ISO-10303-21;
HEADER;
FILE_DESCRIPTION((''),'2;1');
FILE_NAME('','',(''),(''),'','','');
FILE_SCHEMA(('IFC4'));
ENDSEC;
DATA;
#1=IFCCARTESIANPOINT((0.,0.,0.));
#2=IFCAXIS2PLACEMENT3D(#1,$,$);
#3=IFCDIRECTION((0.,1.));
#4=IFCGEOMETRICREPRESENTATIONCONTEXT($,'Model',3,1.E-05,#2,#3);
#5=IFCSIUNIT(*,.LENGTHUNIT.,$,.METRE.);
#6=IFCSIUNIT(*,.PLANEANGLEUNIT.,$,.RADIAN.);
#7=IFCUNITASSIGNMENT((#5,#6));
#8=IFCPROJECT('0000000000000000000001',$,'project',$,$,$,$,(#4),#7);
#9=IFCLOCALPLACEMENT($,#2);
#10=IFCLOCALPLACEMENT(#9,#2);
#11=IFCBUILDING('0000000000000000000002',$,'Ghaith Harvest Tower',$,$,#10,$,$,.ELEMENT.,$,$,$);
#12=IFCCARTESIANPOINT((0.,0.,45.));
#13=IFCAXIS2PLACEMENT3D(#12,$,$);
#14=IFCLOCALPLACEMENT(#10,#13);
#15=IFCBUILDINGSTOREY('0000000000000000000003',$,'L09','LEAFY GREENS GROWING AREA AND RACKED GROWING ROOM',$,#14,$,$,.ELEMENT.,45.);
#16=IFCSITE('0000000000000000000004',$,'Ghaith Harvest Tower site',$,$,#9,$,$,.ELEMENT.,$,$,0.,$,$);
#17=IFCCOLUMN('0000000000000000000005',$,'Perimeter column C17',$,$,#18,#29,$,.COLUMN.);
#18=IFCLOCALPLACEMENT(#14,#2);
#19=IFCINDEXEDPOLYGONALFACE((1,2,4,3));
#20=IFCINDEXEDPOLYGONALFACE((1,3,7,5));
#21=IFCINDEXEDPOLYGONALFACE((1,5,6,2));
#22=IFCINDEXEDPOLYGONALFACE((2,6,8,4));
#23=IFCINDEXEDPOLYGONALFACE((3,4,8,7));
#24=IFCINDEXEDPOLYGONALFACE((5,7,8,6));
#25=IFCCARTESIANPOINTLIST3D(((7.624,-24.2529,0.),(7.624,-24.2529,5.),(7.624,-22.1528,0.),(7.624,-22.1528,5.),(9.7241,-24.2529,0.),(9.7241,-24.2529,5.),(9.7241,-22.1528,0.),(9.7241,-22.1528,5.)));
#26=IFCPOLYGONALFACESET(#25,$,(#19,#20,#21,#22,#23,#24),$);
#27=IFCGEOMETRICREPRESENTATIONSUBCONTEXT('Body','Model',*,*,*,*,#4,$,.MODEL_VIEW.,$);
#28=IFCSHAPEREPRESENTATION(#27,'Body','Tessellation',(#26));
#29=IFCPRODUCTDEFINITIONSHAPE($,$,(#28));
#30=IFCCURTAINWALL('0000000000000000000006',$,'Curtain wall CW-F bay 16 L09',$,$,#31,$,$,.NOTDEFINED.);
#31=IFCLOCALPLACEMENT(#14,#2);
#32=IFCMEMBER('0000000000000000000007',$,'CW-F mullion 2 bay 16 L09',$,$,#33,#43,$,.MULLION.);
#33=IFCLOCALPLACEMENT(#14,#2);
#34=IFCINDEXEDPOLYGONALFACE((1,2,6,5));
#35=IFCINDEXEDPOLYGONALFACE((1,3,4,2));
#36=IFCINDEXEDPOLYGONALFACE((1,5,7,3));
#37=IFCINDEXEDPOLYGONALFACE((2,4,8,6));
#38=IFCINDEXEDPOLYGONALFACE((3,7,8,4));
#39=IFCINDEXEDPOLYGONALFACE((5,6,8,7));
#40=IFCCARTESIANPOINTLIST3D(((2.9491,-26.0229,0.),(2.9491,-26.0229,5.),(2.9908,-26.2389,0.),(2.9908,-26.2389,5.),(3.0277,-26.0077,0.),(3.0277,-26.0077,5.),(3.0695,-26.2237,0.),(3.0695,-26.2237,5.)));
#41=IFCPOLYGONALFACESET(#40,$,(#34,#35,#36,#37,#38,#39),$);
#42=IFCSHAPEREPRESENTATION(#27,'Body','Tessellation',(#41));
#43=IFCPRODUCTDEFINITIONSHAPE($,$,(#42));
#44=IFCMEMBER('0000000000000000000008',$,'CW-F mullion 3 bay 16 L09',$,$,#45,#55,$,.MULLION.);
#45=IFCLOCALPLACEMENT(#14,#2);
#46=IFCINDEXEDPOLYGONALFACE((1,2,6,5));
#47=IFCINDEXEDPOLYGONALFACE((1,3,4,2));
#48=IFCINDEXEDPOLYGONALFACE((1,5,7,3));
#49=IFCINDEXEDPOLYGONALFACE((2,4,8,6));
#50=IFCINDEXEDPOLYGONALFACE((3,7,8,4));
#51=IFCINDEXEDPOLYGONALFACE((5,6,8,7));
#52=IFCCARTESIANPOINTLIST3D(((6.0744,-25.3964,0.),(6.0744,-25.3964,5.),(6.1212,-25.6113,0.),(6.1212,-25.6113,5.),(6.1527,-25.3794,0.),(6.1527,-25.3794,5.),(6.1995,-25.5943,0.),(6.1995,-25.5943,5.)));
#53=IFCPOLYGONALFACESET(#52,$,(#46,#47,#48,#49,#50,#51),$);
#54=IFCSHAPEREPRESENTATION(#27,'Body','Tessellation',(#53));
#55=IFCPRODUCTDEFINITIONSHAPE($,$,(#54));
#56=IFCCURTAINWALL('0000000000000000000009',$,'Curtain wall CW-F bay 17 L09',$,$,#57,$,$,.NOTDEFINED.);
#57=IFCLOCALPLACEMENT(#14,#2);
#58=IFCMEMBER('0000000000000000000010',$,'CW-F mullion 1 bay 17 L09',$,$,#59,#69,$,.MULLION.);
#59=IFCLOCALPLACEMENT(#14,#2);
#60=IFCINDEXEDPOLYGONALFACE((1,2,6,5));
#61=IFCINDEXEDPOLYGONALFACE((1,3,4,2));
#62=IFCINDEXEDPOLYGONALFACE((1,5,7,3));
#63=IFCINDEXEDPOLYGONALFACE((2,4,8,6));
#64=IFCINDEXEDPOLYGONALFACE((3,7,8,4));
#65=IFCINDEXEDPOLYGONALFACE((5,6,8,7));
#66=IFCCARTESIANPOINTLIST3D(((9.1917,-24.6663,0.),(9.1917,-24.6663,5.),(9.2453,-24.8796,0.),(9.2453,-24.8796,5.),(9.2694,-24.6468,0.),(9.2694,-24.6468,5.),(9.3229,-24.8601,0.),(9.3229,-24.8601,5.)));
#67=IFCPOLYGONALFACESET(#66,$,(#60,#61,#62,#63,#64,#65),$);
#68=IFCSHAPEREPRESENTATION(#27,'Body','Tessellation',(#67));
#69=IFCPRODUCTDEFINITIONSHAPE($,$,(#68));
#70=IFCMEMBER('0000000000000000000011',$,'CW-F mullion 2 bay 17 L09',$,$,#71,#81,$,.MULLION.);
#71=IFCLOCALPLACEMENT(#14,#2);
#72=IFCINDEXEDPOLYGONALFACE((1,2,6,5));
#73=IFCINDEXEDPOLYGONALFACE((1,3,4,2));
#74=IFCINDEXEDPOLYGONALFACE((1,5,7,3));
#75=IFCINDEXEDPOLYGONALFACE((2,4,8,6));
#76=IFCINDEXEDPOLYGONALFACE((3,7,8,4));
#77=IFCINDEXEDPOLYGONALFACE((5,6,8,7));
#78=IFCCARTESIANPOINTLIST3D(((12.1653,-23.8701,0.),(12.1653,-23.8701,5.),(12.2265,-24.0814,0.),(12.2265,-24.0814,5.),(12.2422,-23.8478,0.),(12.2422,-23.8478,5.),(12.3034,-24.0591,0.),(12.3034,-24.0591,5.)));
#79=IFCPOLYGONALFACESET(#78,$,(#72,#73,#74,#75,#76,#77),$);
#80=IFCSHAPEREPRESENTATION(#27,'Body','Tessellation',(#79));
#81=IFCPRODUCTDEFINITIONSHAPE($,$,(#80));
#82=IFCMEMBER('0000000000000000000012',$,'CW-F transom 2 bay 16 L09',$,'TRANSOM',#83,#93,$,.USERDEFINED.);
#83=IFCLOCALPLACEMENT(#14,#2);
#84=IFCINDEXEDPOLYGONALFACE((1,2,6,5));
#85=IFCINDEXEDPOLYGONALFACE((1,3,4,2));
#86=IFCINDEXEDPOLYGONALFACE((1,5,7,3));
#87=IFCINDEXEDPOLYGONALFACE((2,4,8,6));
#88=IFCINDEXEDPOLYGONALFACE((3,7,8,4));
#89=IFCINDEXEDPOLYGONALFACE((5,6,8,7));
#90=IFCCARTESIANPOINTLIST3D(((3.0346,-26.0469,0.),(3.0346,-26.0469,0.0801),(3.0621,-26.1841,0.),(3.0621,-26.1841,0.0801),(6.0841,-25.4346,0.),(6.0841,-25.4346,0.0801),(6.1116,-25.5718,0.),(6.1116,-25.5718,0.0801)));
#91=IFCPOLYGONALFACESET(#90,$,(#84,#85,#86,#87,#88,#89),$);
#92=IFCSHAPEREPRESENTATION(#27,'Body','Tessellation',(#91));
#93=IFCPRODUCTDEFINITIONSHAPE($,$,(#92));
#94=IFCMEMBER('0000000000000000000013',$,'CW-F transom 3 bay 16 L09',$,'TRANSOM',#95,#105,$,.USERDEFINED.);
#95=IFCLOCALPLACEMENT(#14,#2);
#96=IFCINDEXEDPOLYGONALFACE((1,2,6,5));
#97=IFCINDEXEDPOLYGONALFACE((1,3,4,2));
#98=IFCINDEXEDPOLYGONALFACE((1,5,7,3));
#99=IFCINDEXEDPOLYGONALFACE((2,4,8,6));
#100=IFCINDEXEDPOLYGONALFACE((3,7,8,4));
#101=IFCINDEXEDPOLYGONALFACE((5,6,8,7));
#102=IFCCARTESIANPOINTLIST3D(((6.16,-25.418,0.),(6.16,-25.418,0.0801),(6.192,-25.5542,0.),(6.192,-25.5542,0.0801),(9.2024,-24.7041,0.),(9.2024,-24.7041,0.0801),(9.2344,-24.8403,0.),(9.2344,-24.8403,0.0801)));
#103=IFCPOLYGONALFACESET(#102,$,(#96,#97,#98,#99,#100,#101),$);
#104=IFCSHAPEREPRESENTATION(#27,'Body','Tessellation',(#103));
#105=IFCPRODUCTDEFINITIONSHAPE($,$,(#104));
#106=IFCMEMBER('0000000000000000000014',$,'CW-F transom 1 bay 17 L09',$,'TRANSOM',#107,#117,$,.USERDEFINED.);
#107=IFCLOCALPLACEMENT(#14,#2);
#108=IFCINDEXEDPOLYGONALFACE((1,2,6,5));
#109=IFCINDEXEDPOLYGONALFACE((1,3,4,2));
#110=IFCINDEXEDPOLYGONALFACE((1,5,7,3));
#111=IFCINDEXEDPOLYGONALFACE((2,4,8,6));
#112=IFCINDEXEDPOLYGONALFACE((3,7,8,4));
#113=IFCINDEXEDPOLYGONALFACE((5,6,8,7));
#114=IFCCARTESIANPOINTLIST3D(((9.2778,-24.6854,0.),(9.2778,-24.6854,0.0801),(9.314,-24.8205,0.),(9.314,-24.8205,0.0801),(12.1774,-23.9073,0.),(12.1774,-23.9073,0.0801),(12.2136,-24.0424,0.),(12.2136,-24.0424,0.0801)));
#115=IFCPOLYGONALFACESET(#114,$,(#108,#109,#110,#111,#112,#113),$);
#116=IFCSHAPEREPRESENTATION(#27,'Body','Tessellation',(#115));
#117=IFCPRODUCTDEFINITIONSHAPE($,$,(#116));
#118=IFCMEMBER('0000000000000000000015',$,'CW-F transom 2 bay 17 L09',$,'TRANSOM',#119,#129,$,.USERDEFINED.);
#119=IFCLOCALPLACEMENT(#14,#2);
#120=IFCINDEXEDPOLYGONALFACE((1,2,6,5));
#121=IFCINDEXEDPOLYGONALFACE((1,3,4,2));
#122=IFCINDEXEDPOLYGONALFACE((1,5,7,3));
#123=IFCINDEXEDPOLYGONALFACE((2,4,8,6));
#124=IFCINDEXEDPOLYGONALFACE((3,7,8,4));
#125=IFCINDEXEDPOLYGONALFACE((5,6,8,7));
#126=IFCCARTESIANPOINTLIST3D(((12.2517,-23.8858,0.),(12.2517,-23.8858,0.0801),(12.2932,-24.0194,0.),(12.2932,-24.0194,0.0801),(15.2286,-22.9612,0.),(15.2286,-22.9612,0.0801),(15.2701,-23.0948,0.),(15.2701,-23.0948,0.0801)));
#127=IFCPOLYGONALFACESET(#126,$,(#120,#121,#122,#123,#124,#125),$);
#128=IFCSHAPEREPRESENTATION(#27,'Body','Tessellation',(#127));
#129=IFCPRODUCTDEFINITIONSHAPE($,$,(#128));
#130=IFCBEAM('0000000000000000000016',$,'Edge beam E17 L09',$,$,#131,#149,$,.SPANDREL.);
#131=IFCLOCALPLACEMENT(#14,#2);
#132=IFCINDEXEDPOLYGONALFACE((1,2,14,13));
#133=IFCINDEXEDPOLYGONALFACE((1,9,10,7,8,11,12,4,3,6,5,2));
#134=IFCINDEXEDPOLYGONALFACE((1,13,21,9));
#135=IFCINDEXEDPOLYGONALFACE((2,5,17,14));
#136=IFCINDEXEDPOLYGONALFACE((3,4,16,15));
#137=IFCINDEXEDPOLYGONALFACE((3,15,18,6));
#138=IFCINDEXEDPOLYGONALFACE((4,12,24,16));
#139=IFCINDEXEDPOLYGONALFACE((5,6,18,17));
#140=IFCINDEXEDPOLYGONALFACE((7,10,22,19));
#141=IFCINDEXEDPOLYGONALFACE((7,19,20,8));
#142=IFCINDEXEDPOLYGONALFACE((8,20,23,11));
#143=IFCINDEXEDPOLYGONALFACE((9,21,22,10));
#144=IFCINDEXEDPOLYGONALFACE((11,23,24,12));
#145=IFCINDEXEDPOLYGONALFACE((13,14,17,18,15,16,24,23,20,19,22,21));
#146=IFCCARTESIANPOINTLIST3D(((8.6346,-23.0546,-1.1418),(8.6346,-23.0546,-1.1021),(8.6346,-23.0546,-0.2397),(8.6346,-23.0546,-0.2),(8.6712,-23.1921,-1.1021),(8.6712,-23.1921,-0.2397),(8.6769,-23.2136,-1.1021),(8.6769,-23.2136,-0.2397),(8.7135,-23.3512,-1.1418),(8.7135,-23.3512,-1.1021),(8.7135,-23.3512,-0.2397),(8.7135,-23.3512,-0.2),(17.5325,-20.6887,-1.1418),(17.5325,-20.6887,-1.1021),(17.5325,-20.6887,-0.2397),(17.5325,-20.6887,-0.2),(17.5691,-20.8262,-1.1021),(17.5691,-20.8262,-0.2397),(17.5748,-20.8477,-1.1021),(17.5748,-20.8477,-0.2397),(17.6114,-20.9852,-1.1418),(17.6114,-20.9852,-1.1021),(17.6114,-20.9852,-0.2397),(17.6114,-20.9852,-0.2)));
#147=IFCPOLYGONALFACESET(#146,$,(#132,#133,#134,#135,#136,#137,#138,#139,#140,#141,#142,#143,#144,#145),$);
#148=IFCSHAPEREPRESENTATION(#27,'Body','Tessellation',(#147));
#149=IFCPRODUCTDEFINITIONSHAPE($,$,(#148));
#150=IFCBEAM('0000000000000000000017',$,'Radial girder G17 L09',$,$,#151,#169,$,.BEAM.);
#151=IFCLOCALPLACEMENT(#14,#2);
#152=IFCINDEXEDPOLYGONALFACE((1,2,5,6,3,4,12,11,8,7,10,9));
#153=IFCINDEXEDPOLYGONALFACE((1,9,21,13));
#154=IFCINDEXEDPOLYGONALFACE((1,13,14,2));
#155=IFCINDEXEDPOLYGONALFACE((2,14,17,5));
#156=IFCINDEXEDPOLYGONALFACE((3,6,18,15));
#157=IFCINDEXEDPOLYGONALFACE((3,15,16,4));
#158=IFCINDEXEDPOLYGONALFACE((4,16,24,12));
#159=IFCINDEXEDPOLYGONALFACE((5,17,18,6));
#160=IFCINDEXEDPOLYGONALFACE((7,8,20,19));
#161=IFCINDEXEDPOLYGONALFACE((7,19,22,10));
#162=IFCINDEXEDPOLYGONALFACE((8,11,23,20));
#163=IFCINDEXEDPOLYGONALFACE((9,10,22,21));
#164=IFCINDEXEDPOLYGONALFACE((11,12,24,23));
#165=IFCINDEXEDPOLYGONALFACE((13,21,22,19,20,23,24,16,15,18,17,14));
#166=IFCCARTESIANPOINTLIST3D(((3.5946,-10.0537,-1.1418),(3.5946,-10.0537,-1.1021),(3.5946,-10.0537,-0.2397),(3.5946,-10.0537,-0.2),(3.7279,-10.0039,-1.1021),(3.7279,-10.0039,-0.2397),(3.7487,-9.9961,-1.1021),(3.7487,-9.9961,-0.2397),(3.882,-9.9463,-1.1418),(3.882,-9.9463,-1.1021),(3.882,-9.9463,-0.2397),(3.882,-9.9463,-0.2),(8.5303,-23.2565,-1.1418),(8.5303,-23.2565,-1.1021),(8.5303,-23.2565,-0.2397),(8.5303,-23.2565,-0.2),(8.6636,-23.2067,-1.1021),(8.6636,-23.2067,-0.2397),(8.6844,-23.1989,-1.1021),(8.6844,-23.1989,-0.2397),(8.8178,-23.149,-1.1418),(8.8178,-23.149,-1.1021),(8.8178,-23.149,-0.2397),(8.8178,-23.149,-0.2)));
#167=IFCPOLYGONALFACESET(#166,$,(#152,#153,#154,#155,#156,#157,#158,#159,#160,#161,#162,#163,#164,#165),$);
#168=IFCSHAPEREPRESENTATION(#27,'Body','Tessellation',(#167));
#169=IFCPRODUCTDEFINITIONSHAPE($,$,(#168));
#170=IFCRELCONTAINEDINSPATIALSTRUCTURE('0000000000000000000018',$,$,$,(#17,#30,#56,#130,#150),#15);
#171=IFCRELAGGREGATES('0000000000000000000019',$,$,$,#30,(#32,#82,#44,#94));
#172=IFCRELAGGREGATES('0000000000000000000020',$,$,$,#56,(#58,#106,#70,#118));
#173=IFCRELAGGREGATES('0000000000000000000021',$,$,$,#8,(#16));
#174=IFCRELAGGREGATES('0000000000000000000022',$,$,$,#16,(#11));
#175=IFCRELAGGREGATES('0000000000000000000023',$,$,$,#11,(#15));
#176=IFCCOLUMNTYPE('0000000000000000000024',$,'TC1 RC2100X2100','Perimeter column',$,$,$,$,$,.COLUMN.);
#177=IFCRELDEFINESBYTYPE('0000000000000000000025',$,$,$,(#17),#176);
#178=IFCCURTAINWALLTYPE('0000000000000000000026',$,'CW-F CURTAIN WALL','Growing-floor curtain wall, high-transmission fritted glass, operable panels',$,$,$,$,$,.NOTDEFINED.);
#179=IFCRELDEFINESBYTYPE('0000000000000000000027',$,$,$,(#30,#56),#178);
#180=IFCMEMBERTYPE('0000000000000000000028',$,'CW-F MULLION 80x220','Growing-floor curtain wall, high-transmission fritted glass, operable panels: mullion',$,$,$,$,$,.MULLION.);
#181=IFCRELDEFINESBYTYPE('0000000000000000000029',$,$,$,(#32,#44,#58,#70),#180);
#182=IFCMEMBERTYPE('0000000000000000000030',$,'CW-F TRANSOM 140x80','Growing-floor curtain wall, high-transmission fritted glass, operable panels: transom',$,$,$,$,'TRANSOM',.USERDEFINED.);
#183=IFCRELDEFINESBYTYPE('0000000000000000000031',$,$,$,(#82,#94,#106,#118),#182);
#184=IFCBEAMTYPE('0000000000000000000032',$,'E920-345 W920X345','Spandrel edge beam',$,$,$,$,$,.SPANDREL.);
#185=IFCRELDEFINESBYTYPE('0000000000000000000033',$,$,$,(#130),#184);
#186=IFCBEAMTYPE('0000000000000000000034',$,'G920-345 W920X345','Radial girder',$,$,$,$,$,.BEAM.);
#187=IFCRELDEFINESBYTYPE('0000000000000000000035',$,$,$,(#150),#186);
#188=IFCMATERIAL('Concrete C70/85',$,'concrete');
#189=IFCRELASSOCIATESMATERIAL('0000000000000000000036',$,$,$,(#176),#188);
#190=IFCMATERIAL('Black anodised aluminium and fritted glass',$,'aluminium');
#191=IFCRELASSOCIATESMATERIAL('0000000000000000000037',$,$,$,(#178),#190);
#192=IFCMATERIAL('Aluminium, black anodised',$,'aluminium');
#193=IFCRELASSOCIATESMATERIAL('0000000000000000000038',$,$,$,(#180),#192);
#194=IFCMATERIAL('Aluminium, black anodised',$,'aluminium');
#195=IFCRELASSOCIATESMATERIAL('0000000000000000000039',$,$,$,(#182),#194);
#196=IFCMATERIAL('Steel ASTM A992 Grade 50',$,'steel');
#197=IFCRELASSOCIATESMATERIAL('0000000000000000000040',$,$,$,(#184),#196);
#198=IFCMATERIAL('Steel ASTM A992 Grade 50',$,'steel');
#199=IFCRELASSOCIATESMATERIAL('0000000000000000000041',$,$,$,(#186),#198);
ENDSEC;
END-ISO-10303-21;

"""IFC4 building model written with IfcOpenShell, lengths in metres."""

from ifc_helpers import new_model, si_unit, direction, frame, origin, origin_2d, place, context, subcontext, project, spatial, rectangle, i_section, extrude, material, material_profile, profile_set, type_object, element, aggregate, save


model = new_model("IFC4")

# Units and contexts
model_context = context("Model", 3, precision=1e-05, world=origin(), true_north=direction((0.0, 1.0)))
body_context = subcontext(model_context, "Body", "Model", "MODEL_VIEW")
ifc_project = project(units=[si_unit("LENGTHUNIT", "METRE"), si_unit("PLANEANGLEUNIT", "RADIAN")], contexts=[model_context])

# Site, building, storey
site_placement = place(None, origin())
site = spatial("IfcSite", under=ifc_project, at=site_placement, Name="Ghaith Harvest Tower site", CompositionType="ELEMENT", RefElevation=0.0)
building_placement = place(site_placement, origin())
building = spatial("IfcBuilding", under=site, at=building_placement, Name="Ghaith Harvest Tower", CompositionType="ELEMENT")
storey_placement = place(building_placement, frame((0.0, 0.0, 45.0)))
storey = spatial("IfcBuildingStorey", under=building, at=storey_placement, Name="L09", Description="LEAFY GREENS GROWING AREA AND RACKED GROWING ROOM", CompositionType="ELEMENT", Elevation=45.0)

# Column
ifc_material_1 = material(Name="Concrete C70/85", Category="concrete")
ifc_material_profile_1 = material_profile(ifc_material_1, rectangle(XDim=2.1001, YDim=2.1001, at=origin_2d()), Name="RC2100X2100")
ifc_profile_set_1 = profile_set([ifc_material_profile_1], Name="Concrete C70/85")
column_type = type_object("IfcColumnType", Name="TC1 RC2100X2100", Description="Perimeter column", PredefinedType="COLUMN", material=ifc_profile_set_1)
column_placement = place(storey_placement, frame((8.6741, -23.2029, 0.0), z_axis=(0.0, 0.0, 1.0), x_axis=(1.0, 0.0, 0.0)))
element("IfcColumn", 1, at=column_placement, inside=storey, type_object=column_type, Name="Perimeter column C17", PredefinedType="COLUMN", context=body_context, shape_type="SweptSolid", body=[
    extrude(rectangle(XDim=2.1001, YDim=2.1001, at=origin_2d()), origin(), (0.0, 0.0, 1.0), 5.0),
])

# Curtain walls, members
ifc_material_2 = material(Name="Black anodised aluminium and fritted glass", Category="aluminium")
curtain_wall_type = type_object("IfcCurtainWallType", Name="CW-F CURTAIN WALL", Description="Growing-floor curtain wall, high-transmission fritted glass, operable panels", PredefinedType="NOTDEFINED", material=ifc_material_2)
curtain_wall_1_placement = place(storey_placement, origin())
curtain_wall_1 = element("IfcCurtainWall", 2, at=curtain_wall_1_placement, inside=storey, type_object=curtain_wall_type, Name="Curtain wall CW-F bay 16 L09", PredefinedType="NOTDEFINED")
ifc_material_3 = material(Name="Aluminium, black anodised", Category="aluminium")
ifc_material_profile_2 = material_profile(ifc_material_3, rectangle(XDim=0.0801, YDim=0.22, at=origin_2d()), Name="CW-F MULLION 80x220")
ifc_profile_set_2 = profile_set([ifc_material_profile_2], Name="Aluminium, black anodised")
member_type_1 = type_object("IfcMemberType", Name="CW-F MULLION 80x220", Description="Growing-floor curtain wall, high-transmission fritted glass, operable panels: mullion", PredefinedType="MULLION", material=ifc_profile_set_2)
member_1_placement = place(storey_placement, frame((3.0093, -26.1233, 0.0), z_axis=(0.0, 0.0, 1.0), x_axis=(0.981818, 0.189822, 0.0)))
member_1 = element("IfcMember", 3, at=member_1_placement, type_object=member_type_1, Name="CW-F mullion 2 bay 16 L09", PredefinedType="MULLION", context=body_context, shape_type="SweptSolid", body=[
    extrude(rectangle(XDim=0.0801, YDim=0.22, at=origin_2d()), origin(), (0.0, 0.0, 1.0), 5.0),
])
member_2_placement = place(storey_placement, frame((6.137, -25.4954, 0.0), z_axis=(0.0, 0.0, 1.0), x_axis=(0.977118, 0.212698, 0.0)))
member_2 = element("IfcMember", 4, at=member_2_placement, type_object=member_type_1, Name="CW-F mullion 3 bay 16 L09", PredefinedType="MULLION", context=body_context, shape_type="SweptSolid", body=[
    extrude(rectangle(XDim=0.0801, YDim=0.22, at=origin_2d()), origin(), (0.0, 0.0, 1.0), 5.0),
])
curtain_wall_2_placement = place(storey_placement, origin())
curtain_wall_2 = element("IfcCurtainWall", 5, at=curtain_wall_2_placement, inside=storey, type_object=curtain_wall_type, Name="Curtain wall CW-F bay 17 L09", PredefinedType="NOTDEFINED")
member_3_placement = place(storey_placement, frame((9.2573, -24.7632, 0.0), z_axis=(0.0, 0.0, 1.0), x_axis=(0.969903, 0.24349, 0.0)))
member_3 = element("IfcMember", 6, at=member_3_placement, type_object=member_type_1, Name="CW-F mullion 1 bay 17 L09", PredefinedType="MULLION", context=body_context, shape_type="SweptSolid", body=[
    extrude(rectangle(XDim=0.0801, YDim=0.22, at=origin_2d()), origin(), (0.0, 0.0, 1.0), 5.0),
])
member_4_placement = place(storey_placement, frame((12.2344, -23.9646, 0.0), z_axis=(0.0, 0.0, 1.0), x_axis=(0.960502, 0.278272, 0.0)))
member_4 = element("IfcMember", 7, at=member_4_placement, type_object=member_type_1, Name="CW-F mullion 2 bay 17 L09", PredefinedType="MULLION", context=body_context, shape_type="SweptSolid", body=[
    extrude(rectangle(XDim=0.0801, YDim=0.22, at=origin_2d()), origin(), (0.0, 0.0, 1.0), 5.0),
])

# Members
ifc_material_4 = material(Name="Aluminium, black anodised", Category="aluminium")
ifc_material_profile_3 = material_profile(ifc_material_4, rectangle(XDim=0.1399, YDim=0.0801, at=origin_2d()), Name="CW-F TRANSOM 140x80")
ifc_profile_set_3 = profile_set([ifc_material_profile_3], Name="Aluminium, black anodised")
member_type_2 = type_object("IfcMemberType", Name="CW-F TRANSOM 140x80", Description="Growing-floor curtain wall, high-transmission fritted glass, operable panels: transom", ElementType="TRANSOM", PredefinedType="USERDEFINED", material=ifc_profile_set_3)
member_5_placement = place(storey_placement, frame((3.0483, -26.1155, 0.04), z_axis=(0.980432, 0.196856, 0.0), x_axis=(-0.196856, 0.980432, 0.0)))
member_5 = element("IfcMember", 8, at=member_5_placement, type_object=member_type_2, Name="CW-F transom 2 bay 16 L09", ObjectType="TRANSOM", PredefinedType="USERDEFINED", context=body_context, shape_type="SweptSolid", body=[
    extrude(rectangle(XDim=0.1399, YDim=0.0801, at=origin_2d()), origin(), (0.0, 0.0, 1.0), 3.1104),
])
member_6_placement = place(storey_placement, frame((6.176, -25.4861, 0.04), z_axis=(0.97356, 0.22843, 0.0), x_axis=(-0.22843, 0.97356, 0.0)))
member_6 = element("IfcMember", 9, at=member_6_placement, type_object=member_type_2, Name="CW-F transom 3 bay 16 L09", ObjectType="TRANSOM", PredefinedType="USERDEFINED", context=body_context, shape_type="SweptSolid", body=[
    extrude(rectangle(XDim=0.1399, YDim=0.0801, at=origin_2d()), origin(), (0.0, 0.0, 1.0), 3.125),
])
member_7_placement = place(storey_placement, frame((9.2959, -24.7529, 0.04), z_axis=(0.965833, 0.259166, 0.0), x_axis=(-0.259166, 0.965833, 0.0)))
member_7 = element("IfcMember", 10, at=member_7_placement, type_object=member_type_2, Name="CW-F transom 1 bay 17 L09", ObjectType="TRANSOM", PredefinedType="USERDEFINED", context=body_context, shape_type="SweptSolid", body=[
    extrude(rectangle(XDim=0.1399, YDim=0.0801, at=origin_2d()), origin(), (0.0, 0.0, 1.0), 3.0022),
])
member_8_placement = place(storey_placement, frame((12.2725, -23.9526, 0.04), z_axis=(0.954998, 0.296611, 0.0), x_axis=(-0.296611, 0.954998, 0.0)))
member_8 = element("IfcMember", 11, at=member_8_placement, type_object=member_type_2, Name="CW-F transom 2 bay 17 L09", ObjectType="TRANSOM", PredefinedType="USERDEFINED", context=body_context, shape_type="SweptSolid", body=[
    extrude(rectangle(XDim=0.1399, YDim=0.0801, at=origin_2d()), origin(), (0.0, 0.0, 1.0), 3.1172),
])

# Beams
ifc_material_5 = material(Name="Steel ASTM A992 Grade 50", Category="steel")
ifc_material_profile_4 = material_profile(ifc_material_5, i_section(OverallWidth=0.3069, OverallDepth=0.9419, WebThickness=0.0222, FlangeThickness=0.0398, at=origin_2d()), Name="W920X345")
ifc_profile_set_4 = profile_set([ifc_material_profile_4], Name="Steel ASTM A992 Grade 50")
beam_type_1 = type_object("IfcBeamType", Name="E920-345 W920X345", Description="Spandrel edge beam", PredefinedType="SPANDREL", material=ifc_profile_set_4)
beam_1_placement = place(storey_placement, frame((8.6741, -23.2029, -0.6709), z_axis=(0.966419, 0.256971, 0.0), x_axis=(-0.256971, 0.966419, 0.0)))
element("IfcBeam", 12, at=beam_1_placement, inside=storey, type_object=beam_type_1, Name="Edge beam E17 L09", PredefinedType="SPANDREL", context=body_context, shape_type="SweptSolid", body=[
    extrude(i_section(OverallWidth=0.3069, OverallDepth=0.9419, WebThickness=0.0222, FlangeThickness=0.0398, at=origin_2d()), origin(), (0.0, 0.0, 1.0), 9.207),
])
ifc_material_6 = material(Name="Steel ASTM A992 Grade 50", Category="steel")
ifc_material_profile_5 = material_profile(ifc_material_6, i_section(OverallWidth=0.3069, OverallDepth=0.9419, WebThickness=0.0222, FlangeThickness=0.0398, at=origin_2d()), Name="W920X345")
ifc_profile_set_5 = profile_set([ifc_material_profile_5], Name="Steel ASTM A992 Grade 50")
beam_type_2 = type_object("IfcBeamType", Name="G920-345 W920X345", Description="Radial girder", PredefinedType="BEAM", material=ifc_profile_set_5)
beam_2_placement = place(storey_placement, frame((3.7383, -10.0, -0.6709), z_axis=(0.350172, -0.936685, 0.0), x_axis=(0.936685, 0.350172, 0.0)))
element("IfcBeam", 13, at=beam_2_placement, inside=storey, type_object=beam_type_2, Name="Radial girder G17 L09", PredefinedType="BEAM", context=body_context, shape_type="SweptSolid", body=[
    extrude(i_section(OverallWidth=0.3069, OverallDepth=0.9419, WebThickness=0.0222, FlangeThickness=0.0398, at=origin_2d()), origin(), (0.0, 0.0, 1.0), 14.0952),
])

aggregate(curtain_wall_1, [member_1, member_5, member_2, member_6])
aggregate(curtain_wall_2, [member_3, member_7, member_4, member_8])

save(model, "model.ifc")
